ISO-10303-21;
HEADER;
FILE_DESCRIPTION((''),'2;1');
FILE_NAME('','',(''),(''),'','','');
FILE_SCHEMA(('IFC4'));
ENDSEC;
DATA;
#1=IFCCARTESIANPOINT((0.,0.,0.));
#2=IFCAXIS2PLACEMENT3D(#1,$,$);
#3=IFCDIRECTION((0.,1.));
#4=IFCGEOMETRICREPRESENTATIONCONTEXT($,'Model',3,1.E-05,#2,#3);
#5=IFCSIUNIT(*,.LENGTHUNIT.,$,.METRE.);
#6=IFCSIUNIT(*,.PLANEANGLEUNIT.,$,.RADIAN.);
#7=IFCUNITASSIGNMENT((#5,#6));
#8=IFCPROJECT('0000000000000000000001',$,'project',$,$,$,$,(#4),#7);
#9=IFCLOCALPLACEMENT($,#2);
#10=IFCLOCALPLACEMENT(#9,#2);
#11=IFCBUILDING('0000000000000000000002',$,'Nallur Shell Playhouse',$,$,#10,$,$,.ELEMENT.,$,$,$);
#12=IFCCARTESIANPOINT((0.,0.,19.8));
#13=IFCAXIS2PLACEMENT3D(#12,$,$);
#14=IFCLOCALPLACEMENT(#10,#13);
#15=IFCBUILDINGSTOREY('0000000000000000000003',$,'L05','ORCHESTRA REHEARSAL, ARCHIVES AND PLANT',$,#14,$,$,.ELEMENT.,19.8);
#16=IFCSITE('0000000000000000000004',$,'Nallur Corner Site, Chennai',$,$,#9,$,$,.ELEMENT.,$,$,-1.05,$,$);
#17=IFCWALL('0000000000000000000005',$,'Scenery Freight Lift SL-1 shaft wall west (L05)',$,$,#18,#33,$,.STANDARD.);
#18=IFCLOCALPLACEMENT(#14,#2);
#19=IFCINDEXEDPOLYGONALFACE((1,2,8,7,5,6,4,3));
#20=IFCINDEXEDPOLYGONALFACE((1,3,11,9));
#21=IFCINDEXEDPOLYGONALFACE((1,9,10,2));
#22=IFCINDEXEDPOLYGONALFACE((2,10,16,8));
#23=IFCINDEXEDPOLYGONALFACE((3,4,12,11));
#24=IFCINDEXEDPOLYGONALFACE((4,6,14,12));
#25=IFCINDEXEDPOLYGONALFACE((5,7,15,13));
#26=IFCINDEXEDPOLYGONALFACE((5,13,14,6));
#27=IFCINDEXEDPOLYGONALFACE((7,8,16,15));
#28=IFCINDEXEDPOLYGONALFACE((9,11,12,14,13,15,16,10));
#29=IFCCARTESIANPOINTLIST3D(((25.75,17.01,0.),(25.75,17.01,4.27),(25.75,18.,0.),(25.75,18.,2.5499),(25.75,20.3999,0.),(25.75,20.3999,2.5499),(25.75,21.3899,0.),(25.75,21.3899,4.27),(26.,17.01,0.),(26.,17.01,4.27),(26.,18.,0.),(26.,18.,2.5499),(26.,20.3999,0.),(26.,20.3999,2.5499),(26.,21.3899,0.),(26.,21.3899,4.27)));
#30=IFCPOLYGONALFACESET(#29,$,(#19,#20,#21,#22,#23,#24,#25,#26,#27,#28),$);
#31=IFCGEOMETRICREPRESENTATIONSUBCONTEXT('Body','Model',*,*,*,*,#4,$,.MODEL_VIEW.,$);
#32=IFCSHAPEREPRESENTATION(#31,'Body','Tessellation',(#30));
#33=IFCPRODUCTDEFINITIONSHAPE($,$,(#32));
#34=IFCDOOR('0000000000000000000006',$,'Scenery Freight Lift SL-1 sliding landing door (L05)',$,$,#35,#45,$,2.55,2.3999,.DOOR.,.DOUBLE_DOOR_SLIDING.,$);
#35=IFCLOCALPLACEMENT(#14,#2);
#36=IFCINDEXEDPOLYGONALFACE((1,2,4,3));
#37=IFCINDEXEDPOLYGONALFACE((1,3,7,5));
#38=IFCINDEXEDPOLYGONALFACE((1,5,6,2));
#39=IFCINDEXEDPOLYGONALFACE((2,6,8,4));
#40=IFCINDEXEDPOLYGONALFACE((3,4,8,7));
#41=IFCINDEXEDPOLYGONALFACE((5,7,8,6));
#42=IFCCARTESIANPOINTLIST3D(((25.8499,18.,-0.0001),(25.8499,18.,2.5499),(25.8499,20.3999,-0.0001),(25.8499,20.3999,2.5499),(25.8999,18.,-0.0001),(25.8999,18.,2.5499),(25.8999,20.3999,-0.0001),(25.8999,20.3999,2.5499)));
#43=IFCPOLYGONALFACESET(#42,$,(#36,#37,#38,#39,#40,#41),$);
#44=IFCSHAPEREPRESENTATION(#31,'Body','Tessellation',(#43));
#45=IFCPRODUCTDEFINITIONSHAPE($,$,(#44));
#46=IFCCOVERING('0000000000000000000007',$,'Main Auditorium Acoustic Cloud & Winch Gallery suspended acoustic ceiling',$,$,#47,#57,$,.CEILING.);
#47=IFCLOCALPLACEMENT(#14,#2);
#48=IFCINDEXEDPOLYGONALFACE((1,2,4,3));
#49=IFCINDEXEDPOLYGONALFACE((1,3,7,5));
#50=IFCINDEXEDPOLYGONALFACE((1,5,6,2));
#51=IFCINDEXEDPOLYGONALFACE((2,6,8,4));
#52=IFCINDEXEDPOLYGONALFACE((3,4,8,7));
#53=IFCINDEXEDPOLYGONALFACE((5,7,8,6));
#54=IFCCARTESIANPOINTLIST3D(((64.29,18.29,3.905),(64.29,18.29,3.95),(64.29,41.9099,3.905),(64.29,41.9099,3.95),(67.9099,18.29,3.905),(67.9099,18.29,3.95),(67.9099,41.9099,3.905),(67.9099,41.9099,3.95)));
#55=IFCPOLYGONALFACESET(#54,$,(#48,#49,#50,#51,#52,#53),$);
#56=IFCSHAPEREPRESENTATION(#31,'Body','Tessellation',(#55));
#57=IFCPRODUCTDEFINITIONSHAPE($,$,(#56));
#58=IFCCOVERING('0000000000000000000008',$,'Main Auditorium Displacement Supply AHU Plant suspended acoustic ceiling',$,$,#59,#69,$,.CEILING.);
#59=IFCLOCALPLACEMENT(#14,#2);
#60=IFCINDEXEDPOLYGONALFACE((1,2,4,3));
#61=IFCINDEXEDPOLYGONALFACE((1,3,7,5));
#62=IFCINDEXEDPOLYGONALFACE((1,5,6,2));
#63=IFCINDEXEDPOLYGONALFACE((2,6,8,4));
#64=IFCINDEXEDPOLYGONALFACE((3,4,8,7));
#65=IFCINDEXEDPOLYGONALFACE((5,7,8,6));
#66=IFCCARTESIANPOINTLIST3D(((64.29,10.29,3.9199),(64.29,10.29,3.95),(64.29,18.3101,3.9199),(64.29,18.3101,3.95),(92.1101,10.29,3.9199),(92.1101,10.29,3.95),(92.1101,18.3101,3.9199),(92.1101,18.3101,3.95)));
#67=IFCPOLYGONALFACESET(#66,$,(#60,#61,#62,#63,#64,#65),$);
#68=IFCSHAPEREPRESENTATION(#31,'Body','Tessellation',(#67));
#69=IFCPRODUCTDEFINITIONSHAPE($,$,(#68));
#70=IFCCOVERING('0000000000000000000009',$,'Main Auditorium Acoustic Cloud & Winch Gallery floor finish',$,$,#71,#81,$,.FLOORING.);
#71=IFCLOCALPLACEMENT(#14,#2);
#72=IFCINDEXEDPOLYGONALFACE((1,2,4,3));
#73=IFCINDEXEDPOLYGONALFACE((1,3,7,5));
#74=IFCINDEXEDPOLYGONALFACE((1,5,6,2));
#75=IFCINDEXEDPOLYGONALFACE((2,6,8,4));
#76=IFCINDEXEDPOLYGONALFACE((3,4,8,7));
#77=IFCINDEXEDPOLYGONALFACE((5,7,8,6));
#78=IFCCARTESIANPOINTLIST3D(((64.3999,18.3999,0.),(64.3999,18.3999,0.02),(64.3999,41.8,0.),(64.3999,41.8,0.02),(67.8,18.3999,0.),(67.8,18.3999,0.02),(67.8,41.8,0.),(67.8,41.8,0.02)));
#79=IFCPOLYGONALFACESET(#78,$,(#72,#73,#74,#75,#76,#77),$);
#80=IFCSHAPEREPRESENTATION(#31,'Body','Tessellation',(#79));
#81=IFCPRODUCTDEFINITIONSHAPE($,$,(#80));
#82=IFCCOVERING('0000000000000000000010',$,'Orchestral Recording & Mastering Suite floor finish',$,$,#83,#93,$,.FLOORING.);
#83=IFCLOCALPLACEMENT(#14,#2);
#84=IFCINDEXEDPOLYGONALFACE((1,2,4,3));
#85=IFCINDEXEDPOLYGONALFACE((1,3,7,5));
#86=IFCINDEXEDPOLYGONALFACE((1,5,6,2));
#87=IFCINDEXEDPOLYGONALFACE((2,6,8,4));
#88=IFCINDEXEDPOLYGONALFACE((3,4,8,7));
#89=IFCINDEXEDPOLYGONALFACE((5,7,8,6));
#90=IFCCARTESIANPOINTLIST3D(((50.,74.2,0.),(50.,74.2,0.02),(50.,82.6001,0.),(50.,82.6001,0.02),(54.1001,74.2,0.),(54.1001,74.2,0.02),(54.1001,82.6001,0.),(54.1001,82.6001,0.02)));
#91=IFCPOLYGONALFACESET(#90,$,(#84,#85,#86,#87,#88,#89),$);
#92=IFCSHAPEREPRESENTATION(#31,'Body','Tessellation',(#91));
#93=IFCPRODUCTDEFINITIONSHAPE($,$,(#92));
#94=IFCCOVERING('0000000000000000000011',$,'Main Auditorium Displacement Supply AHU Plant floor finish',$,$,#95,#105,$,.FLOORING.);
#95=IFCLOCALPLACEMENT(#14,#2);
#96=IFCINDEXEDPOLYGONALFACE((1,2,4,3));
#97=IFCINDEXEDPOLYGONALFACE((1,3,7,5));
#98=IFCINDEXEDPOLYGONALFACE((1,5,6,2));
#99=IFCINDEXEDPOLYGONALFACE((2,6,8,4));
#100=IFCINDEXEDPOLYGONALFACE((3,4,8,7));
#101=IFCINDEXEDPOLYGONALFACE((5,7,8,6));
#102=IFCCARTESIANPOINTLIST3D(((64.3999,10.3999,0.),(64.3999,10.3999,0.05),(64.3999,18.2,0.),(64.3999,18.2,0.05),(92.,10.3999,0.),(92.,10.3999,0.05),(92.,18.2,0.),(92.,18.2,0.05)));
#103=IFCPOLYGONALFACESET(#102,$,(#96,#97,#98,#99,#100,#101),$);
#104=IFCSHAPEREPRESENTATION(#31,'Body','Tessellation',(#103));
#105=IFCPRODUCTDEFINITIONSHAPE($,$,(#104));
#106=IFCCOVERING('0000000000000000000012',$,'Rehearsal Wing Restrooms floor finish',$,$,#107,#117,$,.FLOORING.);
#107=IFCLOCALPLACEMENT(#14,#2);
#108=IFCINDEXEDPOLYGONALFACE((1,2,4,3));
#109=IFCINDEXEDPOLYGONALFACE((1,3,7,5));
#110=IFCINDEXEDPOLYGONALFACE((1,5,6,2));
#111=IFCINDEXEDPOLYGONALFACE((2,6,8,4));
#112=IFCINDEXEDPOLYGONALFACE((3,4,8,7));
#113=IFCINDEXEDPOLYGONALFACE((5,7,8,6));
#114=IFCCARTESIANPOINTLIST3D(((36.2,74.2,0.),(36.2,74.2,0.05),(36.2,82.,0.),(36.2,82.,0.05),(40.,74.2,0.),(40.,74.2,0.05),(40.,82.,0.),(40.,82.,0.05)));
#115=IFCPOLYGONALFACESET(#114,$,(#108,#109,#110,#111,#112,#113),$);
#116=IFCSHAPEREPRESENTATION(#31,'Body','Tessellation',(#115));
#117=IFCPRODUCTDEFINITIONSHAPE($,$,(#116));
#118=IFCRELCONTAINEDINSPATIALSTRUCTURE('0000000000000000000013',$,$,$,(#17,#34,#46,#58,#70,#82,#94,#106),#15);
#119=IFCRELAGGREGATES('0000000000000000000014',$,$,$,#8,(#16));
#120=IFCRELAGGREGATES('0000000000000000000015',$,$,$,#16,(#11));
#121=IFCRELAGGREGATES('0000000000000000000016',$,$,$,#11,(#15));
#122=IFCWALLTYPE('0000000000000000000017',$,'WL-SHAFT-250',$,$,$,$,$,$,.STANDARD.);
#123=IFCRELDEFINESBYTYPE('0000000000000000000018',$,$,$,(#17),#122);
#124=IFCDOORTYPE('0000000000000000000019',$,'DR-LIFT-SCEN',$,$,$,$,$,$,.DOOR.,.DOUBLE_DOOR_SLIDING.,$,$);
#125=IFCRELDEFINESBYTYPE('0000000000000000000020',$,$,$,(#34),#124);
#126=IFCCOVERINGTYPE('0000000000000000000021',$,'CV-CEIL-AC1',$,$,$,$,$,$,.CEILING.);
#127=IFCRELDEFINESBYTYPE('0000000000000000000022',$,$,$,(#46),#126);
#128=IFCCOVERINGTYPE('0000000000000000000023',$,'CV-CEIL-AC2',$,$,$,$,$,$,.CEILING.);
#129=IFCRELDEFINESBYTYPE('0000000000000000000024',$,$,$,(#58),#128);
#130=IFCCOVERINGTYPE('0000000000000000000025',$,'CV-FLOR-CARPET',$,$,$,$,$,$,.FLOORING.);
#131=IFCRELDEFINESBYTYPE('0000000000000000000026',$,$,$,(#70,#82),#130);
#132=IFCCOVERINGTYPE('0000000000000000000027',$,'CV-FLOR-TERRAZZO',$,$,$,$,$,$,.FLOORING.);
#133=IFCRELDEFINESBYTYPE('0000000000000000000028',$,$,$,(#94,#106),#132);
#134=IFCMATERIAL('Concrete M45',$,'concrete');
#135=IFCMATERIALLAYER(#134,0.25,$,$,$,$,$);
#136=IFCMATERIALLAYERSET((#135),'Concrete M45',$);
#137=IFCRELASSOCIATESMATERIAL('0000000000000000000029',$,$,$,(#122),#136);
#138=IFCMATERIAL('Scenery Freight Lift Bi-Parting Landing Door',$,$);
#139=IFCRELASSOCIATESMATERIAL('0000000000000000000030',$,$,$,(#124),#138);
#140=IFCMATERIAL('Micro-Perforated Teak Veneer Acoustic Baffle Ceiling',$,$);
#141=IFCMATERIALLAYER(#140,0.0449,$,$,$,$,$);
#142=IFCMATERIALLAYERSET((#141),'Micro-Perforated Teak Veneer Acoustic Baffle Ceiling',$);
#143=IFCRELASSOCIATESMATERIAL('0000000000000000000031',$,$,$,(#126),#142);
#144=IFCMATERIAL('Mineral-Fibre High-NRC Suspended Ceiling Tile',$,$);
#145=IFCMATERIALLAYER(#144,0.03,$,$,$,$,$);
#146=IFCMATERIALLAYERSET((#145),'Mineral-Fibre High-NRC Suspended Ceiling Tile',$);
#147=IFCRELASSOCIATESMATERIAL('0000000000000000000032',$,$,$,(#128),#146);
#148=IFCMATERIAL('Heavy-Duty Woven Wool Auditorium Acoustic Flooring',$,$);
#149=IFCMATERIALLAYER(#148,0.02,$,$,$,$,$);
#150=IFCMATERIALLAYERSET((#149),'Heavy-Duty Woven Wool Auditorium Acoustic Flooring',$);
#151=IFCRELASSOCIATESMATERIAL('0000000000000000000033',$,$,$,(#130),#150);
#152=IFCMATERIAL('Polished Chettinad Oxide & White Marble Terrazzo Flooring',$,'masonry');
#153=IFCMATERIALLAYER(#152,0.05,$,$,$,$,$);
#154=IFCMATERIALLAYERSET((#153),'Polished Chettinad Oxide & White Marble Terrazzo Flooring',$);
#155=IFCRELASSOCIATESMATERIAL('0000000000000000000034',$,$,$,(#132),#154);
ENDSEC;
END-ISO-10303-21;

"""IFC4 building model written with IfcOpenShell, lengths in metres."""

from ifc_helpers import new_model, si_unit, direction, frame, frame_2d, origin, place, context, subcontext, project, spatial, polyline, rectangle, outline, extrude, material, layer, layer_set, type_object, element, fill, save


model = new_model("IFC4")

# Units and contexts
model_context = context("Model", 3, precision=1e-05, world=origin(), true_north=direction((0.0, 1.0)))
body_context = subcontext(model_context, "Body", "Model", "MODEL_VIEW")
ifc_project = project(units=[si_unit("LENGTHUNIT", "METRE"), si_unit("PLANEANGLEUNIT", "RADIAN")], contexts=[model_context])

# Site, building, storey
site_placement = place(None, origin())
site = spatial("IfcSite", under=ifc_project, at=site_placement, Name="Nallur Corner Site, Chennai", CompositionType="ELEMENT", RefElevation=-1.05)
building_placement = place(site_placement, origin())
building = spatial("IfcBuilding", under=site, at=building_placement, Name="Nallur Shell Playhouse", CompositionType="ELEMENT")
storey_placement = place(building_placement, frame((0.0, 0.0, 19.8)))
storey = spatial("IfcBuildingStorey", under=building, at=storey_placement, Name="L05", Description="ORCHESTRA REHEARSAL, ARCHIVES AND PLANT", CompositionType="ELEMENT", Elevation=19.8)

# Shared definitions
ifc_material_1 = material(Name="Concrete M45", Category="concrete")

# Shared definitions
ifc_layer_1 = layer(ifc_material_1, 0.25)
ifc_layer_set_1 = layer_set([ifc_layer_1], Name="Concrete M45")
wall_type_1 = type_object("IfcWallType", Name="WL-SHAFT-250", PredefinedType="STANDARD", material=ifc_layer_set_1)

# Wall, opening, door
wall_1_placement = place(storey_placement, frame((25.875, 21.3899, 0.0), z_axis=(0.0, 0.0, 1.0), x_axis=(0.0, -1.0, 0.0)))
wall_1 = element("IfcWall", 1, at=wall_1_placement, inside=storey, type_object=wall_type_1, Name="Scenery Freight Lift SL-1 shaft wall west (L05)", PredefinedType="STANDARD", context=body_context, shape_type="SweptSolid", body=[
    extrude(rectangle(XDim=4.3799, YDim=0.25, at=frame_2d((2.1899, 0.0))), origin(), (0.0, 0.0, 1.0), 4.27),
])
opening_1_placement = place(wall_1_placement, frame((0.99, 0.0, 0.0)))
opening_1 = element("IfcOpeningElement", 2, at=opening_1_placement, cuts=wall_1, PredefinedType="OPENING", context=body_context, shape_type="SweptSolid", body=[
    extrude(rectangle(XDim=2.3999, YDim=2.55, at=frame_2d((1.2, 1.2749))), frame((0.0, 0.135, 0.0), z_axis=(0.0, -1.0, 0.0), x_axis=(1.0, 0.0, 0.0)), (0.0, 0.0, 1.0), 0.27),
])
ifc_material_2 = material(Name="Scenery Freight Lift Bi-Parting Landing Door")
door_type_1 = type_object("IfcDoorType", Name="DR-LIFT-SCEN", OperationType="DOUBLE_DOOR_SLIDING", PredefinedType="DOOR", material=ifc_material_2)
door_1_placement = place(opening_1_placement, origin())
door_1 = element("IfcDoor", 3, at=door_1_placement, inside=storey, type_object=door_type_1, Name="Scenery Freight Lift SL-1 sliding landing door (L05)", OperationType="DOUBLE_DOOR_SLIDING", OverallHeight=2.55, OverallWidth=2.3999, PredefinedType="DOOR", context=body_context, shape_type="SweptSolid", body=[
    extrude(rectangle(XDim=2.3999, YDim=2.55, at=frame_2d((1.2, 1.2749))), frame((0.0, 0.0249, 0.0), z_axis=(0.0, -1.0, 0.0), x_axis=(1.0, 0.0, 0.0)), (0.0, 0.0, 1.0), 0.05),
])
fill(opening_1, door_1)

# Coverings
ifc_material_3 = material(Name="Micro-Perforated Teak Veneer Acoustic Baffle Ceiling")
ifc_layer_2 = layer(ifc_material_3, 0.0449)
ifc_layer_set_2 = layer_set([ifc_layer_2], Name="Micro-Perforated Teak Veneer Acoustic Baffle Ceiling")
covering_type_1 = type_object("IfcCoveringType", Name="CV-CEIL-AC1", PredefinedType="CEILING", material=ifc_layer_set_2)
covering_1_placement = place(storey_placement, frame((0.0, 0.0, 3.905)))
element("IfcCovering", 4, at=covering_1_placement, inside=storey, type_object=covering_type_1, Name="Main Auditorium Acoustic Cloud & Winch Gallery suspended acoustic ceiling", PredefinedType="CEILING", context=body_context, shape_type="SweptSolid", body=[
    extrude(outline(polyline([(67.9099, 18.29), (64.29, 18.29), (64.29, 41.9099), (67.9099, 41.9099), (67.9099, 18.29)])), origin(), (0.0, 0.0, 1.0), 0.0449),
])
ifc_material_4 = material(Name="Mineral-Fibre High-NRC Suspended Ceiling Tile")
ifc_layer_3 = layer(ifc_material_4, 0.03)
ifc_layer_set_3 = layer_set([ifc_layer_3], Name="Mineral-Fibre High-NRC Suspended Ceiling Tile")
covering_type_2 = type_object("IfcCoveringType", Name="CV-CEIL-AC2", PredefinedType="CEILING", material=ifc_layer_set_3)
covering_2_placement = place(storey_placement, frame((0.0, 0.0, 3.9199)))
element("IfcCovering", 5, at=covering_2_placement, inside=storey, type_object=covering_type_2, Name="Main Auditorium Displacement Supply AHU Plant suspended acoustic ceiling", PredefinedType="CEILING", context=body_context, shape_type="SweptSolid", body=[
    extrude(outline(polyline([(92.1101, 10.29), (64.29, 10.29), (64.29, 18.3101), (92.1101, 18.3101), (92.1101, 10.29)])), origin(), (0.0, 0.0, 1.0), 0.03),
])
ifc_material_5 = material(Name="Heavy-Duty Woven Wool Auditorium Acoustic Flooring")
ifc_layer_4 = layer(ifc_material_5, 0.02)
ifc_layer_set_4 = layer_set([ifc_layer_4], Name="Heavy-Duty Woven Wool Auditorium Acoustic Flooring")
covering_type_3 = type_object("IfcCoveringType", Name="CV-FLOR-CARPET", PredefinedType="FLOORING", material=ifc_layer_set_4)
covering_3_placement = place(storey_placement, origin())
element("IfcCovering", 6, at=covering_3_placement, inside=storey, type_object=covering_type_3, Name="Main Auditorium Acoustic Cloud & Winch Gallery floor finish", PredefinedType="FLOORING", context=body_context, shape_type="SweptSolid", body=[
    extrude(outline(polyline([(67.8, 18.3999), (64.3999, 18.3999), (64.3999, 41.8), (67.8, 41.8), (67.8, 18.3999)])), origin(), (0.0, 0.0, 1.0), 0.02),
])
covering_4_placement = place(storey_placement, origin())
element("IfcCovering", 7, at=covering_4_placement, inside=storey, type_object=covering_type_3, Name="Orchestral Recording & Mastering Suite floor finish", PredefinedType="FLOORING", context=body_context, shape_type="SweptSolid", body=[
    extrude(outline(polyline([(54.1001, 74.2), (50.0, 74.2), (50.0, 82.6001), (54.1001, 82.6001), (54.1001, 74.2)])), origin(), (0.0, 0.0, 1.0), 0.02),
])
ifc_material_6 = material(Name="Polished Chettinad Oxide & White Marble Terrazzo Flooring", Category="masonry")
ifc_layer_5 = layer(ifc_material_6, 0.05)
ifc_layer_set_5 = layer_set([ifc_layer_5], Name="Polished Chettinad Oxide & White Marble Terrazzo Flooring")
covering_type_4 = type_object("IfcCoveringType", Name="CV-FLOR-TERRAZZO", PredefinedType="FLOORING", material=ifc_layer_set_5)
covering_5_placement = place(storey_placement, origin())
element("IfcCovering", 8, at=covering_5_placement, inside=storey, type_object=covering_type_4, Name="Main Auditorium Displacement Supply AHU Plant floor finish", PredefinedType="FLOORING", context=body_context, shape_type="SweptSolid", body=[
    extrude(outline(polyline([(92.0, 10.3999), (64.3999, 10.3999), (64.3999, 18.2), (92.0, 18.2), (92.0, 10.3999)])), origin(), (0.0, 0.0, 1.0), 0.05),
])
covering_6_placement = place(storey_placement, origin())
element("IfcCovering", 9, at=covering_6_placement, inside=storey, type_object=covering_type_4, Name="Rehearsal Wing Restrooms floor finish", PredefinedType="FLOORING", context=body_context, shape_type="SweptSolid", body=[
    extrude(outline(polyline([(36.2, 74.2), (36.2, 82.0), (40.0, 82.0), (40.0, 74.2), (36.2, 74.2)])), origin(), (0.0, 0.0, 1.0), 0.05),
])

save(model, "model.ifc")
